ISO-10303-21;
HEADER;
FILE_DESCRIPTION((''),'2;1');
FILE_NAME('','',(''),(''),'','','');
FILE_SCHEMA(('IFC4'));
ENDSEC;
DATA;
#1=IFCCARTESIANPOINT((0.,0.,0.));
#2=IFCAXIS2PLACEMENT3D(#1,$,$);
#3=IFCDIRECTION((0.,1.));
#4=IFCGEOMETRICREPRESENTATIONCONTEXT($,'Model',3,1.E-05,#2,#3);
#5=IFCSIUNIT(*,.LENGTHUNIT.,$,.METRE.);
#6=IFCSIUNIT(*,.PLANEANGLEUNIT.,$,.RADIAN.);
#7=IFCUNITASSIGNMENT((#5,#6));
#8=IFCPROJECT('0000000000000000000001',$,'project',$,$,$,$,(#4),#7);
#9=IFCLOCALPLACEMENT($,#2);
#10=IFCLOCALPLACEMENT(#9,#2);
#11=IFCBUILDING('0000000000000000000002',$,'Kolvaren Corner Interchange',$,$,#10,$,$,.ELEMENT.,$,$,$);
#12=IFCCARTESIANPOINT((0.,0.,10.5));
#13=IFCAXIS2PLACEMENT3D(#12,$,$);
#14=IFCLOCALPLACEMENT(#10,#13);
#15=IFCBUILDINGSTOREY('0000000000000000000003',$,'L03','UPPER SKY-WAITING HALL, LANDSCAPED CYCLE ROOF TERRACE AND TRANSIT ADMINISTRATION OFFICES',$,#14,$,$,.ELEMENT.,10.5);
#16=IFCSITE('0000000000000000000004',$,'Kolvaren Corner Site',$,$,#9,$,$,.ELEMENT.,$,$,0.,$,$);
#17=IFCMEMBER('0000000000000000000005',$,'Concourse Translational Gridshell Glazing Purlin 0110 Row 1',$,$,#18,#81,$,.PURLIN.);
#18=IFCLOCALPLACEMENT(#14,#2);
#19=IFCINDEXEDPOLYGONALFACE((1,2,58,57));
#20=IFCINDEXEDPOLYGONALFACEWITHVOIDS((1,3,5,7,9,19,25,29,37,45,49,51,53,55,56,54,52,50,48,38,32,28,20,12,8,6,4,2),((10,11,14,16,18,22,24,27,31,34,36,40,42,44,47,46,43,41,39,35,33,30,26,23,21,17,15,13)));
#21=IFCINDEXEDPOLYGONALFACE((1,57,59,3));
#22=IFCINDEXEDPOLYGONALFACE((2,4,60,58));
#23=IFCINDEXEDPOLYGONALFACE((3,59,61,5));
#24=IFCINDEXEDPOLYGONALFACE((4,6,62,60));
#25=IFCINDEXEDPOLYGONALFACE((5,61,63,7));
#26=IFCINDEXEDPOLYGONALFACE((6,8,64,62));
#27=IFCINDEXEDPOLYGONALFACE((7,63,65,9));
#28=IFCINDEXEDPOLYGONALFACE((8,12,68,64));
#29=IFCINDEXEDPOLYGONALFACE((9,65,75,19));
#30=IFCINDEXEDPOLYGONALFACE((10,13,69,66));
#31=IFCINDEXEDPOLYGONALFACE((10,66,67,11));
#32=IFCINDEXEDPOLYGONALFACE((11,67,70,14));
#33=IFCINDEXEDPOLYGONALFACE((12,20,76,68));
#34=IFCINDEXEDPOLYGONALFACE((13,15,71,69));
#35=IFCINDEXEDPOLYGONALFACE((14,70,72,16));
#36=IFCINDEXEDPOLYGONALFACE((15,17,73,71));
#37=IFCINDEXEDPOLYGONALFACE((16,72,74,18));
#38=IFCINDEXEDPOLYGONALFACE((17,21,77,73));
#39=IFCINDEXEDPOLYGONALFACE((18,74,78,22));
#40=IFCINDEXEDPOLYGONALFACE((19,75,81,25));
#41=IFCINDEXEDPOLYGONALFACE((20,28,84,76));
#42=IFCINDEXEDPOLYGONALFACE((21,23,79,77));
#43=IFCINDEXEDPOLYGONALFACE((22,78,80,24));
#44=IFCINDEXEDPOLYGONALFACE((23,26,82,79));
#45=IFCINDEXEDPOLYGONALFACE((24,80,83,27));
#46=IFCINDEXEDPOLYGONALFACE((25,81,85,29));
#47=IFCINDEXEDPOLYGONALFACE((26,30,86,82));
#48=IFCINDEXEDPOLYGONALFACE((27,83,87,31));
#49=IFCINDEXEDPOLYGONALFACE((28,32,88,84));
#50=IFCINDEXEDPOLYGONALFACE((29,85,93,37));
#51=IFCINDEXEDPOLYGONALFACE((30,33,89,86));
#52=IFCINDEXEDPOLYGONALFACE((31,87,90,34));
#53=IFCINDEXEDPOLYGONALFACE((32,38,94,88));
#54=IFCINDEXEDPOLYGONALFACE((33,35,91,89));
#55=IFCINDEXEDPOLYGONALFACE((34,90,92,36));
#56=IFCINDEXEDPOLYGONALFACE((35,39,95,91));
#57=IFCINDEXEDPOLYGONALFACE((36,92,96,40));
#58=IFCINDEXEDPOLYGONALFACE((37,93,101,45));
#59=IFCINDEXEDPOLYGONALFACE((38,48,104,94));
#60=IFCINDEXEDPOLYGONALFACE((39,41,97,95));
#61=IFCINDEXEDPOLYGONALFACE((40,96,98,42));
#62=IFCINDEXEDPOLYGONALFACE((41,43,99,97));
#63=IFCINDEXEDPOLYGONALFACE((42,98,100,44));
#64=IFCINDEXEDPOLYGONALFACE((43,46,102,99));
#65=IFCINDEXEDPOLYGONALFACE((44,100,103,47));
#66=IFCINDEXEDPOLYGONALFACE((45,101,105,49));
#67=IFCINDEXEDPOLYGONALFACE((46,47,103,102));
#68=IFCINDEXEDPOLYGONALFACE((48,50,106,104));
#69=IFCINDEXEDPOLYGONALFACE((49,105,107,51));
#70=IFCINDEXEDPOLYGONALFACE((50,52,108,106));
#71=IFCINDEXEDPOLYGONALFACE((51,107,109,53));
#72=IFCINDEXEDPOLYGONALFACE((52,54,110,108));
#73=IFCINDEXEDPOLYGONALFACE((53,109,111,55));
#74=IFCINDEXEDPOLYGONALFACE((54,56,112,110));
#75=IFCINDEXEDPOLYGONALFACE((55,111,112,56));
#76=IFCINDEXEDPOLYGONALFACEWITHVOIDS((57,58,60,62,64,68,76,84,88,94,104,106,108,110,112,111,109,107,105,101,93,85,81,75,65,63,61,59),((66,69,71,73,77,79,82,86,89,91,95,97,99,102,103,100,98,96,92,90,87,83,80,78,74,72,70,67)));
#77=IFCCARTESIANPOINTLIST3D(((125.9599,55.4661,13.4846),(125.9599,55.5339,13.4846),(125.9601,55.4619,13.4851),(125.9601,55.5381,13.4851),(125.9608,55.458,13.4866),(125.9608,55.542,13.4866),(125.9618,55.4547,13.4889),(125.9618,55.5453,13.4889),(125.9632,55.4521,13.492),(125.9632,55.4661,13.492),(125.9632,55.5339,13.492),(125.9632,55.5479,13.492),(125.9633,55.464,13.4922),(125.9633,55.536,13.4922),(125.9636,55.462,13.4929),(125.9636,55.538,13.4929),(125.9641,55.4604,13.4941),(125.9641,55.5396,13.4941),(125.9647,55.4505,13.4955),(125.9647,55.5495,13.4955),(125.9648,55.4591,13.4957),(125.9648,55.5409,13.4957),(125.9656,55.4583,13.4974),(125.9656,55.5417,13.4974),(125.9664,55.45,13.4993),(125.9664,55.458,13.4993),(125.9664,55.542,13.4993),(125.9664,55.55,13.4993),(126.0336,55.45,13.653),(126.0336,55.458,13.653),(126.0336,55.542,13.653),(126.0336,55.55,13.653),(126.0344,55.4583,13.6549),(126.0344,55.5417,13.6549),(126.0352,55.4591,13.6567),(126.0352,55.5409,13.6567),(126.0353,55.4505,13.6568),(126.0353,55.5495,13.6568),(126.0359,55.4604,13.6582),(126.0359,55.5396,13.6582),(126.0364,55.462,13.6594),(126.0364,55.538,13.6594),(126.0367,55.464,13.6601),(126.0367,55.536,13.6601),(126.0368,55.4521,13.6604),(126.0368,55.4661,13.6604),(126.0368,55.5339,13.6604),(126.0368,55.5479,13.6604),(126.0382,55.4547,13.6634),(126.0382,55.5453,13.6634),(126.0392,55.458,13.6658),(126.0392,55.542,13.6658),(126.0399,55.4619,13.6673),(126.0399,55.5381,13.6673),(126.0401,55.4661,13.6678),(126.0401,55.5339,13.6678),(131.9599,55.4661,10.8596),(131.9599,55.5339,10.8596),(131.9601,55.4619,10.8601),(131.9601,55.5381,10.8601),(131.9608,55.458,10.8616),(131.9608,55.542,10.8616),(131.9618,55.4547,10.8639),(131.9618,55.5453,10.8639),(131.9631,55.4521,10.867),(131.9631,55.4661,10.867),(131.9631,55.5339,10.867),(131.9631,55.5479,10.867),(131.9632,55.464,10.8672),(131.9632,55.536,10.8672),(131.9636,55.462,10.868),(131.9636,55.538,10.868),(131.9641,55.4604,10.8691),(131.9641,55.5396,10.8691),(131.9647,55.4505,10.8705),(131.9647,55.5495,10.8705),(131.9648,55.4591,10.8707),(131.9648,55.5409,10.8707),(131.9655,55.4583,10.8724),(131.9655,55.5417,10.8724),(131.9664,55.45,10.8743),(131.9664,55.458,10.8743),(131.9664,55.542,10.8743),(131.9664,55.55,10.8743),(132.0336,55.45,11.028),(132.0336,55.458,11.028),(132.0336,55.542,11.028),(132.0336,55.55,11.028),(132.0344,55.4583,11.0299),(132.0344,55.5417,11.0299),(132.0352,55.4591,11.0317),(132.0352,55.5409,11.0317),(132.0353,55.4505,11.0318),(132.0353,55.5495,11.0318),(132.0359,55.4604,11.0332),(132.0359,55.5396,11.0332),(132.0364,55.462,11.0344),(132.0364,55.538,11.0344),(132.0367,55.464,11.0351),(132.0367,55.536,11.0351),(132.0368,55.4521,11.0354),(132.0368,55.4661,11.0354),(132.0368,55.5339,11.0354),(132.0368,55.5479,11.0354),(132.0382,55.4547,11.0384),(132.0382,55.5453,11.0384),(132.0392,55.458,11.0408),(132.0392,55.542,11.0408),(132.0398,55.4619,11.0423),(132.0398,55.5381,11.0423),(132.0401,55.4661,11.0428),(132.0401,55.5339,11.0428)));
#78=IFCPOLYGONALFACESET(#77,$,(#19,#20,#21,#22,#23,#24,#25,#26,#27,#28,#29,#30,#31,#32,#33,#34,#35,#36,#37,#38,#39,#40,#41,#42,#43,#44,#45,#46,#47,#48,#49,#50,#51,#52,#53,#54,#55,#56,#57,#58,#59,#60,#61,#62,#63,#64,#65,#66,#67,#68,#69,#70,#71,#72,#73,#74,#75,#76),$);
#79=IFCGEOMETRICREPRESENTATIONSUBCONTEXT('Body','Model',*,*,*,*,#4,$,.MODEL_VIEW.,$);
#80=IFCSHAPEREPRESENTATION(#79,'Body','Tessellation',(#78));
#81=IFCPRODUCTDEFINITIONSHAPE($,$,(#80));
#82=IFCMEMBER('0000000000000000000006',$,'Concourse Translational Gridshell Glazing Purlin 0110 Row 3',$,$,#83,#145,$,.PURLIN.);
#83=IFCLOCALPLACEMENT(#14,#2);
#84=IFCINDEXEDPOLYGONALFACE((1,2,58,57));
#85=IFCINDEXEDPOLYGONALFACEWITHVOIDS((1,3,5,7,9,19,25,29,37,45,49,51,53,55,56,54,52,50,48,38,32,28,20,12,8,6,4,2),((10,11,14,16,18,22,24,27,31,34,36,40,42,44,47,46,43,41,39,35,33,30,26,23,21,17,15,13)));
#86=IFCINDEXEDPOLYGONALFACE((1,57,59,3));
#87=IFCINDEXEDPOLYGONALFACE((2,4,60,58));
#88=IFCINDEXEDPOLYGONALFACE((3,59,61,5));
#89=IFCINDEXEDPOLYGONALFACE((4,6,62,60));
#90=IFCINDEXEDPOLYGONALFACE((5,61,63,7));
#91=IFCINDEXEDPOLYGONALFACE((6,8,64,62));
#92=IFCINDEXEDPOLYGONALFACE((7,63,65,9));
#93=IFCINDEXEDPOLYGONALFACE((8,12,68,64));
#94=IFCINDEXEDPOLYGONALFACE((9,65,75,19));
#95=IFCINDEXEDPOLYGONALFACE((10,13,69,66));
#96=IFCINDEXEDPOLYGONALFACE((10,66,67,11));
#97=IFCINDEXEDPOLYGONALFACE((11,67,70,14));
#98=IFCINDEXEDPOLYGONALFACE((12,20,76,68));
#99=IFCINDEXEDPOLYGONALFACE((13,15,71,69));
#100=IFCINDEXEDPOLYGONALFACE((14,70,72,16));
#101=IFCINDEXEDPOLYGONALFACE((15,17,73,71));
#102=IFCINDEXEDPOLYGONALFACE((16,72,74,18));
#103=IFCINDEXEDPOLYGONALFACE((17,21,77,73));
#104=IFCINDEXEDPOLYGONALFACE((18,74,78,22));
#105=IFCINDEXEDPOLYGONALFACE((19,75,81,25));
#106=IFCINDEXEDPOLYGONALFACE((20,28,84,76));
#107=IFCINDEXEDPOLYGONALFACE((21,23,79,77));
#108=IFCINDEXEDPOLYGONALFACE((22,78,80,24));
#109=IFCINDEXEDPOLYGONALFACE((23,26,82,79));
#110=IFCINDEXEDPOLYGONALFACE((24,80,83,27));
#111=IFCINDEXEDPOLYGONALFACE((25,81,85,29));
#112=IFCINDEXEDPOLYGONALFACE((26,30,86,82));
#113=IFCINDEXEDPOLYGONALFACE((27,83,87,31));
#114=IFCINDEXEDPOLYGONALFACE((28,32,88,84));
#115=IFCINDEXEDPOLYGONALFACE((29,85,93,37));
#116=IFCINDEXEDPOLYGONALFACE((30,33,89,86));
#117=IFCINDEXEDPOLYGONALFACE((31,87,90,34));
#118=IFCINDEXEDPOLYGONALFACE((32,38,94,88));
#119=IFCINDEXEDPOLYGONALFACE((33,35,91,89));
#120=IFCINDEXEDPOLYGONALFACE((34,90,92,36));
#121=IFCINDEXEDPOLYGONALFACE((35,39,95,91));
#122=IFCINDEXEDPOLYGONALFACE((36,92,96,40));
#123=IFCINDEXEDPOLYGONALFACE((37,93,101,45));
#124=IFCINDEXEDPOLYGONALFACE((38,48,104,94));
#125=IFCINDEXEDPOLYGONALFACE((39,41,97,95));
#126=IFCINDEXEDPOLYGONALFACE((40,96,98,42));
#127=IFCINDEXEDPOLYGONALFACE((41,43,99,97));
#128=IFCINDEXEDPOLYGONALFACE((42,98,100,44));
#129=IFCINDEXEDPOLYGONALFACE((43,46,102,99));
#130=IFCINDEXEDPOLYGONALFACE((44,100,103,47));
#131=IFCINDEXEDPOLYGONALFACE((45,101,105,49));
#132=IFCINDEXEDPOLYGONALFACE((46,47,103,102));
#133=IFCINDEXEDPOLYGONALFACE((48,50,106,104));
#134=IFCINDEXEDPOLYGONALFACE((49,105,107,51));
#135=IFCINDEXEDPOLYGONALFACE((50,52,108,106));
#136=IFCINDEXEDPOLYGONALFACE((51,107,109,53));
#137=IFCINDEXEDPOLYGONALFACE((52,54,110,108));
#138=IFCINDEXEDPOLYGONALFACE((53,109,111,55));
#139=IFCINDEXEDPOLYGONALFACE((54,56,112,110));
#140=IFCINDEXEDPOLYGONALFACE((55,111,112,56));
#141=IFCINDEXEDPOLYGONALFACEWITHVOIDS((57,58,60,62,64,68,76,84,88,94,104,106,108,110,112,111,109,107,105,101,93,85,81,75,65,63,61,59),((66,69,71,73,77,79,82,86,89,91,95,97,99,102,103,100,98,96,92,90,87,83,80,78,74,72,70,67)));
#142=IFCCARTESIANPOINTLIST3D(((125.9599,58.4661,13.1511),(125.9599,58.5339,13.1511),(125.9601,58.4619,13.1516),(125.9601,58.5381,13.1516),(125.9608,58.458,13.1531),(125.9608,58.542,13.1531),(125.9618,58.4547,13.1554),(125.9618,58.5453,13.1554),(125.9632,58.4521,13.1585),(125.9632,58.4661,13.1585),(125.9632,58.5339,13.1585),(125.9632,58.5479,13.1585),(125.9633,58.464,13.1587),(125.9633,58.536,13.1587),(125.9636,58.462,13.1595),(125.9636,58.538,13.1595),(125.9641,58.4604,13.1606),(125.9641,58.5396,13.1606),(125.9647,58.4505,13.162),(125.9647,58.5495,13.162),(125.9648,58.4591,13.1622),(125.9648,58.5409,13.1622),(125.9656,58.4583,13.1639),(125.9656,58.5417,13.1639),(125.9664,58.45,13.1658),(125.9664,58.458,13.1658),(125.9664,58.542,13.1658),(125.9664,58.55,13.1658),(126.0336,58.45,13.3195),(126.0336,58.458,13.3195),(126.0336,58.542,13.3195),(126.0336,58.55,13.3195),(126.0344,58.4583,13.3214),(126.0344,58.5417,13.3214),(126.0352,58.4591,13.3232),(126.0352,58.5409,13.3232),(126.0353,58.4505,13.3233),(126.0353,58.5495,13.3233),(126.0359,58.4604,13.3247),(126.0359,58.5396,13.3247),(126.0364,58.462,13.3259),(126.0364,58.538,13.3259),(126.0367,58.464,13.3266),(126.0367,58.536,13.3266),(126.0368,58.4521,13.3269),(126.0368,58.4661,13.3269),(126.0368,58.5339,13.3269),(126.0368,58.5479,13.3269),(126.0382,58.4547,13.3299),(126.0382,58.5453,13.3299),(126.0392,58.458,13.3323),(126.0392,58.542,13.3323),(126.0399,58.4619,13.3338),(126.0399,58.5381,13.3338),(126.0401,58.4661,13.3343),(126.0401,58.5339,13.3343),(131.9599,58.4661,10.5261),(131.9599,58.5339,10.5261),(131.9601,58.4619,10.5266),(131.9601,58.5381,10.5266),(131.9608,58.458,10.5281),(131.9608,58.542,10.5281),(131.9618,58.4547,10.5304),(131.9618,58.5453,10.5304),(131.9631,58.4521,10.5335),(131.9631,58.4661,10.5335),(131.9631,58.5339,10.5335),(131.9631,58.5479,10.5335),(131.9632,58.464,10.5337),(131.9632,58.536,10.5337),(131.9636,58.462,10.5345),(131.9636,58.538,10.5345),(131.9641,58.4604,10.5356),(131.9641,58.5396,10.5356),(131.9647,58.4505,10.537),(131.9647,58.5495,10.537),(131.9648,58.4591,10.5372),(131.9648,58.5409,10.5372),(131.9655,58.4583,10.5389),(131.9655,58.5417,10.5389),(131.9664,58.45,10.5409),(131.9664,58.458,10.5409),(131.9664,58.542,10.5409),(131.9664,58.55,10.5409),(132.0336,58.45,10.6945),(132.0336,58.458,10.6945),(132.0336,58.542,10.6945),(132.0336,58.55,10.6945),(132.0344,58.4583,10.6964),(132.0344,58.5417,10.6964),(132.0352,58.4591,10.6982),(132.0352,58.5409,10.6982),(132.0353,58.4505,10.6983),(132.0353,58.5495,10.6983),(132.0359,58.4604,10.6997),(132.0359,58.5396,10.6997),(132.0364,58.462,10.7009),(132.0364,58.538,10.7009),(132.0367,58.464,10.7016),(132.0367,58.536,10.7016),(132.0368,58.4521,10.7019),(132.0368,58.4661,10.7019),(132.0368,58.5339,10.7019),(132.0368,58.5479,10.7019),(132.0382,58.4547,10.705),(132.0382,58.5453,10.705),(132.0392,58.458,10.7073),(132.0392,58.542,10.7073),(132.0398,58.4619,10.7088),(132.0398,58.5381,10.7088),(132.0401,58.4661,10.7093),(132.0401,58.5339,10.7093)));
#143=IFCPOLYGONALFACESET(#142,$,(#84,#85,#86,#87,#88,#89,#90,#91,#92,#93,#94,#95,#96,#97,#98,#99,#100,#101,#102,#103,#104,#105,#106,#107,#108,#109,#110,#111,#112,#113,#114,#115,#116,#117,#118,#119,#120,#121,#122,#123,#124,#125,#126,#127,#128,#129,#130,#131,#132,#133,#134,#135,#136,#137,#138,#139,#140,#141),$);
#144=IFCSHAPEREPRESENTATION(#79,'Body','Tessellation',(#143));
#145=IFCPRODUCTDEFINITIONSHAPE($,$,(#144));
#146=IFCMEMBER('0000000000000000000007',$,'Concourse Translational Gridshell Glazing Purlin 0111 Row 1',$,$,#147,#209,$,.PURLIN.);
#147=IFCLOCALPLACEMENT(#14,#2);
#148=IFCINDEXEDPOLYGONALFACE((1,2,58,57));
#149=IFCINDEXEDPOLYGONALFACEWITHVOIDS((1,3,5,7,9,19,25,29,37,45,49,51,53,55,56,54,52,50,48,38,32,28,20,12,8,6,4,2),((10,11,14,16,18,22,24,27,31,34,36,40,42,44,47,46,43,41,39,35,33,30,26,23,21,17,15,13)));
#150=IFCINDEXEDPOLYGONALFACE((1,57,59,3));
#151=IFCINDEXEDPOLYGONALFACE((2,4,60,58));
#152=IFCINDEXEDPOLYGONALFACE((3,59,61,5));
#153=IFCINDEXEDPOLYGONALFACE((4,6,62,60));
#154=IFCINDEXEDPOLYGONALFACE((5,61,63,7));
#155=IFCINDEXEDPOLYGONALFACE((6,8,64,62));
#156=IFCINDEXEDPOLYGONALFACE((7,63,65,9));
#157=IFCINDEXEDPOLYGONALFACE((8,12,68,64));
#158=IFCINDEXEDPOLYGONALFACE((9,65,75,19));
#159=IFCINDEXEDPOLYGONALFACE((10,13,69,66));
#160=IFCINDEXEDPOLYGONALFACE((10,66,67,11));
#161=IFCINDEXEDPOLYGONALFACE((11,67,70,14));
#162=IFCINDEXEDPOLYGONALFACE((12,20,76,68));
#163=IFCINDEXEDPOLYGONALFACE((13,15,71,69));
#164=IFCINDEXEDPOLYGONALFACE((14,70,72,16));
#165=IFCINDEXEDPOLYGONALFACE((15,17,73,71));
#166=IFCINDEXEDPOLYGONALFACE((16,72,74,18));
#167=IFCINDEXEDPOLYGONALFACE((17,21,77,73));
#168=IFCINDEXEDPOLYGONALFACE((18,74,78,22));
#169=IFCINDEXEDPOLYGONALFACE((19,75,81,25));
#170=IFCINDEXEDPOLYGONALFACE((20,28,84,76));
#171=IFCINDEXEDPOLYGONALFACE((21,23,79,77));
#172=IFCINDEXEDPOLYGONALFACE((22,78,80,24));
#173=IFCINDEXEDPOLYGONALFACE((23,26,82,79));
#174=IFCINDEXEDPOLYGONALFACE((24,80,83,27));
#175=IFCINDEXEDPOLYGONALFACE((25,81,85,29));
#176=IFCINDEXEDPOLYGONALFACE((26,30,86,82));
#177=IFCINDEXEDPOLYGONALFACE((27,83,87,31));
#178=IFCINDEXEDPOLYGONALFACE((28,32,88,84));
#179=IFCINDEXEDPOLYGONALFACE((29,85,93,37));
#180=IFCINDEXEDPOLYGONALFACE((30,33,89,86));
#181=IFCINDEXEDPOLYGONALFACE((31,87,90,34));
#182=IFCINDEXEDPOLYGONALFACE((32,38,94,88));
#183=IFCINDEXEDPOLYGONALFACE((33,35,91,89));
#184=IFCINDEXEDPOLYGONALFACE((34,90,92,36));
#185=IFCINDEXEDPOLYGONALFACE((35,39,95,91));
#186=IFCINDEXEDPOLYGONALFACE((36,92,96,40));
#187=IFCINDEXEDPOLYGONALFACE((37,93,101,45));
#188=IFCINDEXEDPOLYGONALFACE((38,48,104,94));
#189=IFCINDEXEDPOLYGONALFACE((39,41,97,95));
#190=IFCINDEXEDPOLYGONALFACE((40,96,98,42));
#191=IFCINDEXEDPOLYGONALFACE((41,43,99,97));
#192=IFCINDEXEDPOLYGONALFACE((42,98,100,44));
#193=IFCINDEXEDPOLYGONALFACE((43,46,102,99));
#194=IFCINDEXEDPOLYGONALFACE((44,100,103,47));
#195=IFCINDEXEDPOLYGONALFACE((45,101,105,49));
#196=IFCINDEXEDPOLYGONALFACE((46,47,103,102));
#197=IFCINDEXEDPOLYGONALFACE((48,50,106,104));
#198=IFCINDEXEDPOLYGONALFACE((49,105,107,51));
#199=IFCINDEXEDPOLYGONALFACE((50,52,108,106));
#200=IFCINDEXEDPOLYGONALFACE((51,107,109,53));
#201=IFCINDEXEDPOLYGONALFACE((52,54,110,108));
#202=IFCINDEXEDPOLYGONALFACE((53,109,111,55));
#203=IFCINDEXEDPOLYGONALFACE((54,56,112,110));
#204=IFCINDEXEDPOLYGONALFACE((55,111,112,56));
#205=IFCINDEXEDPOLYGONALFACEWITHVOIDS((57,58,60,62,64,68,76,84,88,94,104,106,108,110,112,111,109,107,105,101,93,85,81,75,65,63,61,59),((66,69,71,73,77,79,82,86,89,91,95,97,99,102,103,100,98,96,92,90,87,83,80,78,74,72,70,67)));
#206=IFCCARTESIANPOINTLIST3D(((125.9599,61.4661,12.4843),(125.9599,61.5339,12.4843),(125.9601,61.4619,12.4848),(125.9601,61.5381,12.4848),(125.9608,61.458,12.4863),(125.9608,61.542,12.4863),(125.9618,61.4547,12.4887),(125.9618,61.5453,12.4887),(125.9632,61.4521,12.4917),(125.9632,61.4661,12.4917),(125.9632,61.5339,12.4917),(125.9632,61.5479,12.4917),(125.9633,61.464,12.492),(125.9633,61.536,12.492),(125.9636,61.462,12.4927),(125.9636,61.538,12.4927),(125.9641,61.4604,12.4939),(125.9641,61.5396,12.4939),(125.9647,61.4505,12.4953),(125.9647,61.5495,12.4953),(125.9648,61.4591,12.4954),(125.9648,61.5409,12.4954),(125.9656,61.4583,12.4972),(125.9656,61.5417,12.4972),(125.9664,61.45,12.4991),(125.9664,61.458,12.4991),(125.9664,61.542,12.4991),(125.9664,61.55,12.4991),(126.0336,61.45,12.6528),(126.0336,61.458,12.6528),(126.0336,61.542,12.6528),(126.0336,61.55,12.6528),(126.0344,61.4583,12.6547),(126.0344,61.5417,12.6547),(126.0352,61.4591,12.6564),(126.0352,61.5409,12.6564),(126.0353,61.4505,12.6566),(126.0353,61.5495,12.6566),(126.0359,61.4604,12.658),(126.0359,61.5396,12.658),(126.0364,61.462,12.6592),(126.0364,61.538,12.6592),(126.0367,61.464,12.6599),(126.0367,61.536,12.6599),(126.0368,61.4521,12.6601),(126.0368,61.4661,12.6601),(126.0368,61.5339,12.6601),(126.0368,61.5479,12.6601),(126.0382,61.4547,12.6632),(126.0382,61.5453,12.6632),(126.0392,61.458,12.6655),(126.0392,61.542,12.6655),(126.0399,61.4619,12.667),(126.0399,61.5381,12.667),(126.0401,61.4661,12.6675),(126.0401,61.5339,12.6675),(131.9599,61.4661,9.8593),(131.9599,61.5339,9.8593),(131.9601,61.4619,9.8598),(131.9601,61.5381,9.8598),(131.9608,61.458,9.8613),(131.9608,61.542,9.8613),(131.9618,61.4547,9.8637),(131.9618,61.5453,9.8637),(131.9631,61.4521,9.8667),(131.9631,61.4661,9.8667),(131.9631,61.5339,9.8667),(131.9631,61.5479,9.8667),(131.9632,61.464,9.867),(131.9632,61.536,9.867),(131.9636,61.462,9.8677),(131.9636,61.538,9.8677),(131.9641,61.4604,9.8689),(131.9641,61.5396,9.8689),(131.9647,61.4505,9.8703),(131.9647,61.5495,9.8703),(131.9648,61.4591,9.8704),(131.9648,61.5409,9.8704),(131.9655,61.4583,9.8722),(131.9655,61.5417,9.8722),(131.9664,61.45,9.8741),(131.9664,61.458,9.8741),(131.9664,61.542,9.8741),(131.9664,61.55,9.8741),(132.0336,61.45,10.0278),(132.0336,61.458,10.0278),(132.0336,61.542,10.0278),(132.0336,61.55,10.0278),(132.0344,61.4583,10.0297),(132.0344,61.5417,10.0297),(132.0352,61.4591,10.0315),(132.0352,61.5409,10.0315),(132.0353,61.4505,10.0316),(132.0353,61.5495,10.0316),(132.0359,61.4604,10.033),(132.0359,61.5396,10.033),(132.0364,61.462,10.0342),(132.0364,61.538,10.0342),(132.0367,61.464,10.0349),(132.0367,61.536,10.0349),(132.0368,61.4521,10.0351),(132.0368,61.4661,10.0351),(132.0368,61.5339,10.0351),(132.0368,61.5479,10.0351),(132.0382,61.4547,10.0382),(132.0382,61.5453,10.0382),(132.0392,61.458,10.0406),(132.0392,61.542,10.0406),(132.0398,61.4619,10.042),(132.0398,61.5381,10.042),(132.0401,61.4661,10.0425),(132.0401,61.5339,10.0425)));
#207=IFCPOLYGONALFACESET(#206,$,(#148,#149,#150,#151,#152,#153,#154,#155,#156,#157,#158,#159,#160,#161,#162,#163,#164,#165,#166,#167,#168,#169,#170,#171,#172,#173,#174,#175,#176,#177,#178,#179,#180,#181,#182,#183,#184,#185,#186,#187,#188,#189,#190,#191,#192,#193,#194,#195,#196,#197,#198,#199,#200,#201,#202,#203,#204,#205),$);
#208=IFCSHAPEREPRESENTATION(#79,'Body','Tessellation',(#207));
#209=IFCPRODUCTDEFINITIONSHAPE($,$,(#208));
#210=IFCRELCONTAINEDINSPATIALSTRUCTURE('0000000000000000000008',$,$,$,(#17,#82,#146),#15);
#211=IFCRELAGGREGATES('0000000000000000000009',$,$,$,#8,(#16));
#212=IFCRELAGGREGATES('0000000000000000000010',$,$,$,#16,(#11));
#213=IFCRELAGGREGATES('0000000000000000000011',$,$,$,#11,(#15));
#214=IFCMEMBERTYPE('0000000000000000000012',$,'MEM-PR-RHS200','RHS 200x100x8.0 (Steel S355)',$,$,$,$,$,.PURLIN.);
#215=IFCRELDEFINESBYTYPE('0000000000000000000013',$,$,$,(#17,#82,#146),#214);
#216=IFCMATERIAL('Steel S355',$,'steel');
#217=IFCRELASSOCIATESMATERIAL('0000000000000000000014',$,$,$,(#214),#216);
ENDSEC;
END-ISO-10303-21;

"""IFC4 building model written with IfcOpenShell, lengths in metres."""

from ifc_helpers import new_model, si_unit, direction, frame, origin, origin_2d, place, context, subcontext, project, spatial, hollow_rectangle, extrude, material, material_profile, profile_set, type_object, element, save


model = new_model("IFC4")

# Units and contexts
model_context = context("Model", 3, precision=1e-05, world=origin(), true_north=direction((0.0, 1.0)))
body_context = subcontext(model_context, "Body", "Model", "MODEL_VIEW")
ifc_project = project(units=[si_unit("LENGTHUNIT", "METRE"), si_unit("PLANEANGLEUNIT", "RADIAN")], contexts=[model_context])

# Site, building, storey
site_placement = place(None, origin())
site = spatial("IfcSite", under=ifc_project, at=site_placement, Name="Kolvaren Corner Site", CompositionType="ELEMENT", RefElevation=0.0)
building_placement = place(site_placement, origin())
building = spatial("IfcBuilding", under=site, at=building_placement, Name="Kolvaren Corner Interchange", CompositionType="ELEMENT")
storey_placement = place(building_placement, frame((0.0, 0.0, 10.5)))
storey = spatial("IfcBuildingStorey", under=building, at=storey_placement, Name="L03", Description="UPPER SKY-WAITING HALL, LANDSCAPED CYCLE ROOF TERRACE AND TRANSIT ADMINISTRATION OFFICES", CompositionType="ELEMENT", Elevation=10.5)

# Members
ifc_material_1 = material(Name="Steel S355", Category="steel")
ifc_material_profile_1 = material_profile(ifc_material_1, hollow_rectangle(XDim=0.1001, YDim=0.2, WallThickness=0.0081, InnerFilletRadius=0.0081, OuterFilletRadius=0.0161, at=origin_2d()), Name="RHS 200x100x8.0")
ifc_profile_set_1 = profile_set([ifc_material_profile_1], Name="Steel S355")
member_type_1 = type_object("IfcMemberType", Name="MEM-PR-RHS200", Description="RHS 200x100x8.0 (Steel S355)", PredefinedType="PURLIN", material=ifc_profile_set_1)
for number, where, z_axis, x_axis, name in (
    (1, (126.0, 55.5, 13.5762), (0.916157, 0.0, -0.400819), (0.0, 1.0, 0.0), "Concourse Translational Gridshell Glazing Purlin 0110 Row 1"),
    (2, (126.0, 58.5, 13.2427), (0.916157, 0.0, -0.400819), (0.0, 1.0, 0.0), "Concourse Translational Gridshell Glazing Purlin 0110 Row 3"),
    (3, (126.0, 61.5, 12.5759), (0.916157, 0.0, -0.400819), (0.0, 1.0, 0.0), "Concourse Translational Gridshell Glazing Purlin 0111 Row 1"),
):
    element("IfcMember", number, at=place(storey_placement, frame(where, z_axis=z_axis, x_axis=x_axis)), inside=storey, type_object=member_type_1, Name=name, PredefinedType="PURLIN", context=body_context, shape_type="SweptSolid", body=[
        extrude(hollow_rectangle(XDim=0.1001, YDim=0.2, WallThickness=0.0081, InnerFilletRadius=0.0081, OuterFilletRadius=0.0161, at=origin_2d()), origin(), (0.0, 0.0, 1.0), 6.5491),
    ])

save(model, "model.ifc")
